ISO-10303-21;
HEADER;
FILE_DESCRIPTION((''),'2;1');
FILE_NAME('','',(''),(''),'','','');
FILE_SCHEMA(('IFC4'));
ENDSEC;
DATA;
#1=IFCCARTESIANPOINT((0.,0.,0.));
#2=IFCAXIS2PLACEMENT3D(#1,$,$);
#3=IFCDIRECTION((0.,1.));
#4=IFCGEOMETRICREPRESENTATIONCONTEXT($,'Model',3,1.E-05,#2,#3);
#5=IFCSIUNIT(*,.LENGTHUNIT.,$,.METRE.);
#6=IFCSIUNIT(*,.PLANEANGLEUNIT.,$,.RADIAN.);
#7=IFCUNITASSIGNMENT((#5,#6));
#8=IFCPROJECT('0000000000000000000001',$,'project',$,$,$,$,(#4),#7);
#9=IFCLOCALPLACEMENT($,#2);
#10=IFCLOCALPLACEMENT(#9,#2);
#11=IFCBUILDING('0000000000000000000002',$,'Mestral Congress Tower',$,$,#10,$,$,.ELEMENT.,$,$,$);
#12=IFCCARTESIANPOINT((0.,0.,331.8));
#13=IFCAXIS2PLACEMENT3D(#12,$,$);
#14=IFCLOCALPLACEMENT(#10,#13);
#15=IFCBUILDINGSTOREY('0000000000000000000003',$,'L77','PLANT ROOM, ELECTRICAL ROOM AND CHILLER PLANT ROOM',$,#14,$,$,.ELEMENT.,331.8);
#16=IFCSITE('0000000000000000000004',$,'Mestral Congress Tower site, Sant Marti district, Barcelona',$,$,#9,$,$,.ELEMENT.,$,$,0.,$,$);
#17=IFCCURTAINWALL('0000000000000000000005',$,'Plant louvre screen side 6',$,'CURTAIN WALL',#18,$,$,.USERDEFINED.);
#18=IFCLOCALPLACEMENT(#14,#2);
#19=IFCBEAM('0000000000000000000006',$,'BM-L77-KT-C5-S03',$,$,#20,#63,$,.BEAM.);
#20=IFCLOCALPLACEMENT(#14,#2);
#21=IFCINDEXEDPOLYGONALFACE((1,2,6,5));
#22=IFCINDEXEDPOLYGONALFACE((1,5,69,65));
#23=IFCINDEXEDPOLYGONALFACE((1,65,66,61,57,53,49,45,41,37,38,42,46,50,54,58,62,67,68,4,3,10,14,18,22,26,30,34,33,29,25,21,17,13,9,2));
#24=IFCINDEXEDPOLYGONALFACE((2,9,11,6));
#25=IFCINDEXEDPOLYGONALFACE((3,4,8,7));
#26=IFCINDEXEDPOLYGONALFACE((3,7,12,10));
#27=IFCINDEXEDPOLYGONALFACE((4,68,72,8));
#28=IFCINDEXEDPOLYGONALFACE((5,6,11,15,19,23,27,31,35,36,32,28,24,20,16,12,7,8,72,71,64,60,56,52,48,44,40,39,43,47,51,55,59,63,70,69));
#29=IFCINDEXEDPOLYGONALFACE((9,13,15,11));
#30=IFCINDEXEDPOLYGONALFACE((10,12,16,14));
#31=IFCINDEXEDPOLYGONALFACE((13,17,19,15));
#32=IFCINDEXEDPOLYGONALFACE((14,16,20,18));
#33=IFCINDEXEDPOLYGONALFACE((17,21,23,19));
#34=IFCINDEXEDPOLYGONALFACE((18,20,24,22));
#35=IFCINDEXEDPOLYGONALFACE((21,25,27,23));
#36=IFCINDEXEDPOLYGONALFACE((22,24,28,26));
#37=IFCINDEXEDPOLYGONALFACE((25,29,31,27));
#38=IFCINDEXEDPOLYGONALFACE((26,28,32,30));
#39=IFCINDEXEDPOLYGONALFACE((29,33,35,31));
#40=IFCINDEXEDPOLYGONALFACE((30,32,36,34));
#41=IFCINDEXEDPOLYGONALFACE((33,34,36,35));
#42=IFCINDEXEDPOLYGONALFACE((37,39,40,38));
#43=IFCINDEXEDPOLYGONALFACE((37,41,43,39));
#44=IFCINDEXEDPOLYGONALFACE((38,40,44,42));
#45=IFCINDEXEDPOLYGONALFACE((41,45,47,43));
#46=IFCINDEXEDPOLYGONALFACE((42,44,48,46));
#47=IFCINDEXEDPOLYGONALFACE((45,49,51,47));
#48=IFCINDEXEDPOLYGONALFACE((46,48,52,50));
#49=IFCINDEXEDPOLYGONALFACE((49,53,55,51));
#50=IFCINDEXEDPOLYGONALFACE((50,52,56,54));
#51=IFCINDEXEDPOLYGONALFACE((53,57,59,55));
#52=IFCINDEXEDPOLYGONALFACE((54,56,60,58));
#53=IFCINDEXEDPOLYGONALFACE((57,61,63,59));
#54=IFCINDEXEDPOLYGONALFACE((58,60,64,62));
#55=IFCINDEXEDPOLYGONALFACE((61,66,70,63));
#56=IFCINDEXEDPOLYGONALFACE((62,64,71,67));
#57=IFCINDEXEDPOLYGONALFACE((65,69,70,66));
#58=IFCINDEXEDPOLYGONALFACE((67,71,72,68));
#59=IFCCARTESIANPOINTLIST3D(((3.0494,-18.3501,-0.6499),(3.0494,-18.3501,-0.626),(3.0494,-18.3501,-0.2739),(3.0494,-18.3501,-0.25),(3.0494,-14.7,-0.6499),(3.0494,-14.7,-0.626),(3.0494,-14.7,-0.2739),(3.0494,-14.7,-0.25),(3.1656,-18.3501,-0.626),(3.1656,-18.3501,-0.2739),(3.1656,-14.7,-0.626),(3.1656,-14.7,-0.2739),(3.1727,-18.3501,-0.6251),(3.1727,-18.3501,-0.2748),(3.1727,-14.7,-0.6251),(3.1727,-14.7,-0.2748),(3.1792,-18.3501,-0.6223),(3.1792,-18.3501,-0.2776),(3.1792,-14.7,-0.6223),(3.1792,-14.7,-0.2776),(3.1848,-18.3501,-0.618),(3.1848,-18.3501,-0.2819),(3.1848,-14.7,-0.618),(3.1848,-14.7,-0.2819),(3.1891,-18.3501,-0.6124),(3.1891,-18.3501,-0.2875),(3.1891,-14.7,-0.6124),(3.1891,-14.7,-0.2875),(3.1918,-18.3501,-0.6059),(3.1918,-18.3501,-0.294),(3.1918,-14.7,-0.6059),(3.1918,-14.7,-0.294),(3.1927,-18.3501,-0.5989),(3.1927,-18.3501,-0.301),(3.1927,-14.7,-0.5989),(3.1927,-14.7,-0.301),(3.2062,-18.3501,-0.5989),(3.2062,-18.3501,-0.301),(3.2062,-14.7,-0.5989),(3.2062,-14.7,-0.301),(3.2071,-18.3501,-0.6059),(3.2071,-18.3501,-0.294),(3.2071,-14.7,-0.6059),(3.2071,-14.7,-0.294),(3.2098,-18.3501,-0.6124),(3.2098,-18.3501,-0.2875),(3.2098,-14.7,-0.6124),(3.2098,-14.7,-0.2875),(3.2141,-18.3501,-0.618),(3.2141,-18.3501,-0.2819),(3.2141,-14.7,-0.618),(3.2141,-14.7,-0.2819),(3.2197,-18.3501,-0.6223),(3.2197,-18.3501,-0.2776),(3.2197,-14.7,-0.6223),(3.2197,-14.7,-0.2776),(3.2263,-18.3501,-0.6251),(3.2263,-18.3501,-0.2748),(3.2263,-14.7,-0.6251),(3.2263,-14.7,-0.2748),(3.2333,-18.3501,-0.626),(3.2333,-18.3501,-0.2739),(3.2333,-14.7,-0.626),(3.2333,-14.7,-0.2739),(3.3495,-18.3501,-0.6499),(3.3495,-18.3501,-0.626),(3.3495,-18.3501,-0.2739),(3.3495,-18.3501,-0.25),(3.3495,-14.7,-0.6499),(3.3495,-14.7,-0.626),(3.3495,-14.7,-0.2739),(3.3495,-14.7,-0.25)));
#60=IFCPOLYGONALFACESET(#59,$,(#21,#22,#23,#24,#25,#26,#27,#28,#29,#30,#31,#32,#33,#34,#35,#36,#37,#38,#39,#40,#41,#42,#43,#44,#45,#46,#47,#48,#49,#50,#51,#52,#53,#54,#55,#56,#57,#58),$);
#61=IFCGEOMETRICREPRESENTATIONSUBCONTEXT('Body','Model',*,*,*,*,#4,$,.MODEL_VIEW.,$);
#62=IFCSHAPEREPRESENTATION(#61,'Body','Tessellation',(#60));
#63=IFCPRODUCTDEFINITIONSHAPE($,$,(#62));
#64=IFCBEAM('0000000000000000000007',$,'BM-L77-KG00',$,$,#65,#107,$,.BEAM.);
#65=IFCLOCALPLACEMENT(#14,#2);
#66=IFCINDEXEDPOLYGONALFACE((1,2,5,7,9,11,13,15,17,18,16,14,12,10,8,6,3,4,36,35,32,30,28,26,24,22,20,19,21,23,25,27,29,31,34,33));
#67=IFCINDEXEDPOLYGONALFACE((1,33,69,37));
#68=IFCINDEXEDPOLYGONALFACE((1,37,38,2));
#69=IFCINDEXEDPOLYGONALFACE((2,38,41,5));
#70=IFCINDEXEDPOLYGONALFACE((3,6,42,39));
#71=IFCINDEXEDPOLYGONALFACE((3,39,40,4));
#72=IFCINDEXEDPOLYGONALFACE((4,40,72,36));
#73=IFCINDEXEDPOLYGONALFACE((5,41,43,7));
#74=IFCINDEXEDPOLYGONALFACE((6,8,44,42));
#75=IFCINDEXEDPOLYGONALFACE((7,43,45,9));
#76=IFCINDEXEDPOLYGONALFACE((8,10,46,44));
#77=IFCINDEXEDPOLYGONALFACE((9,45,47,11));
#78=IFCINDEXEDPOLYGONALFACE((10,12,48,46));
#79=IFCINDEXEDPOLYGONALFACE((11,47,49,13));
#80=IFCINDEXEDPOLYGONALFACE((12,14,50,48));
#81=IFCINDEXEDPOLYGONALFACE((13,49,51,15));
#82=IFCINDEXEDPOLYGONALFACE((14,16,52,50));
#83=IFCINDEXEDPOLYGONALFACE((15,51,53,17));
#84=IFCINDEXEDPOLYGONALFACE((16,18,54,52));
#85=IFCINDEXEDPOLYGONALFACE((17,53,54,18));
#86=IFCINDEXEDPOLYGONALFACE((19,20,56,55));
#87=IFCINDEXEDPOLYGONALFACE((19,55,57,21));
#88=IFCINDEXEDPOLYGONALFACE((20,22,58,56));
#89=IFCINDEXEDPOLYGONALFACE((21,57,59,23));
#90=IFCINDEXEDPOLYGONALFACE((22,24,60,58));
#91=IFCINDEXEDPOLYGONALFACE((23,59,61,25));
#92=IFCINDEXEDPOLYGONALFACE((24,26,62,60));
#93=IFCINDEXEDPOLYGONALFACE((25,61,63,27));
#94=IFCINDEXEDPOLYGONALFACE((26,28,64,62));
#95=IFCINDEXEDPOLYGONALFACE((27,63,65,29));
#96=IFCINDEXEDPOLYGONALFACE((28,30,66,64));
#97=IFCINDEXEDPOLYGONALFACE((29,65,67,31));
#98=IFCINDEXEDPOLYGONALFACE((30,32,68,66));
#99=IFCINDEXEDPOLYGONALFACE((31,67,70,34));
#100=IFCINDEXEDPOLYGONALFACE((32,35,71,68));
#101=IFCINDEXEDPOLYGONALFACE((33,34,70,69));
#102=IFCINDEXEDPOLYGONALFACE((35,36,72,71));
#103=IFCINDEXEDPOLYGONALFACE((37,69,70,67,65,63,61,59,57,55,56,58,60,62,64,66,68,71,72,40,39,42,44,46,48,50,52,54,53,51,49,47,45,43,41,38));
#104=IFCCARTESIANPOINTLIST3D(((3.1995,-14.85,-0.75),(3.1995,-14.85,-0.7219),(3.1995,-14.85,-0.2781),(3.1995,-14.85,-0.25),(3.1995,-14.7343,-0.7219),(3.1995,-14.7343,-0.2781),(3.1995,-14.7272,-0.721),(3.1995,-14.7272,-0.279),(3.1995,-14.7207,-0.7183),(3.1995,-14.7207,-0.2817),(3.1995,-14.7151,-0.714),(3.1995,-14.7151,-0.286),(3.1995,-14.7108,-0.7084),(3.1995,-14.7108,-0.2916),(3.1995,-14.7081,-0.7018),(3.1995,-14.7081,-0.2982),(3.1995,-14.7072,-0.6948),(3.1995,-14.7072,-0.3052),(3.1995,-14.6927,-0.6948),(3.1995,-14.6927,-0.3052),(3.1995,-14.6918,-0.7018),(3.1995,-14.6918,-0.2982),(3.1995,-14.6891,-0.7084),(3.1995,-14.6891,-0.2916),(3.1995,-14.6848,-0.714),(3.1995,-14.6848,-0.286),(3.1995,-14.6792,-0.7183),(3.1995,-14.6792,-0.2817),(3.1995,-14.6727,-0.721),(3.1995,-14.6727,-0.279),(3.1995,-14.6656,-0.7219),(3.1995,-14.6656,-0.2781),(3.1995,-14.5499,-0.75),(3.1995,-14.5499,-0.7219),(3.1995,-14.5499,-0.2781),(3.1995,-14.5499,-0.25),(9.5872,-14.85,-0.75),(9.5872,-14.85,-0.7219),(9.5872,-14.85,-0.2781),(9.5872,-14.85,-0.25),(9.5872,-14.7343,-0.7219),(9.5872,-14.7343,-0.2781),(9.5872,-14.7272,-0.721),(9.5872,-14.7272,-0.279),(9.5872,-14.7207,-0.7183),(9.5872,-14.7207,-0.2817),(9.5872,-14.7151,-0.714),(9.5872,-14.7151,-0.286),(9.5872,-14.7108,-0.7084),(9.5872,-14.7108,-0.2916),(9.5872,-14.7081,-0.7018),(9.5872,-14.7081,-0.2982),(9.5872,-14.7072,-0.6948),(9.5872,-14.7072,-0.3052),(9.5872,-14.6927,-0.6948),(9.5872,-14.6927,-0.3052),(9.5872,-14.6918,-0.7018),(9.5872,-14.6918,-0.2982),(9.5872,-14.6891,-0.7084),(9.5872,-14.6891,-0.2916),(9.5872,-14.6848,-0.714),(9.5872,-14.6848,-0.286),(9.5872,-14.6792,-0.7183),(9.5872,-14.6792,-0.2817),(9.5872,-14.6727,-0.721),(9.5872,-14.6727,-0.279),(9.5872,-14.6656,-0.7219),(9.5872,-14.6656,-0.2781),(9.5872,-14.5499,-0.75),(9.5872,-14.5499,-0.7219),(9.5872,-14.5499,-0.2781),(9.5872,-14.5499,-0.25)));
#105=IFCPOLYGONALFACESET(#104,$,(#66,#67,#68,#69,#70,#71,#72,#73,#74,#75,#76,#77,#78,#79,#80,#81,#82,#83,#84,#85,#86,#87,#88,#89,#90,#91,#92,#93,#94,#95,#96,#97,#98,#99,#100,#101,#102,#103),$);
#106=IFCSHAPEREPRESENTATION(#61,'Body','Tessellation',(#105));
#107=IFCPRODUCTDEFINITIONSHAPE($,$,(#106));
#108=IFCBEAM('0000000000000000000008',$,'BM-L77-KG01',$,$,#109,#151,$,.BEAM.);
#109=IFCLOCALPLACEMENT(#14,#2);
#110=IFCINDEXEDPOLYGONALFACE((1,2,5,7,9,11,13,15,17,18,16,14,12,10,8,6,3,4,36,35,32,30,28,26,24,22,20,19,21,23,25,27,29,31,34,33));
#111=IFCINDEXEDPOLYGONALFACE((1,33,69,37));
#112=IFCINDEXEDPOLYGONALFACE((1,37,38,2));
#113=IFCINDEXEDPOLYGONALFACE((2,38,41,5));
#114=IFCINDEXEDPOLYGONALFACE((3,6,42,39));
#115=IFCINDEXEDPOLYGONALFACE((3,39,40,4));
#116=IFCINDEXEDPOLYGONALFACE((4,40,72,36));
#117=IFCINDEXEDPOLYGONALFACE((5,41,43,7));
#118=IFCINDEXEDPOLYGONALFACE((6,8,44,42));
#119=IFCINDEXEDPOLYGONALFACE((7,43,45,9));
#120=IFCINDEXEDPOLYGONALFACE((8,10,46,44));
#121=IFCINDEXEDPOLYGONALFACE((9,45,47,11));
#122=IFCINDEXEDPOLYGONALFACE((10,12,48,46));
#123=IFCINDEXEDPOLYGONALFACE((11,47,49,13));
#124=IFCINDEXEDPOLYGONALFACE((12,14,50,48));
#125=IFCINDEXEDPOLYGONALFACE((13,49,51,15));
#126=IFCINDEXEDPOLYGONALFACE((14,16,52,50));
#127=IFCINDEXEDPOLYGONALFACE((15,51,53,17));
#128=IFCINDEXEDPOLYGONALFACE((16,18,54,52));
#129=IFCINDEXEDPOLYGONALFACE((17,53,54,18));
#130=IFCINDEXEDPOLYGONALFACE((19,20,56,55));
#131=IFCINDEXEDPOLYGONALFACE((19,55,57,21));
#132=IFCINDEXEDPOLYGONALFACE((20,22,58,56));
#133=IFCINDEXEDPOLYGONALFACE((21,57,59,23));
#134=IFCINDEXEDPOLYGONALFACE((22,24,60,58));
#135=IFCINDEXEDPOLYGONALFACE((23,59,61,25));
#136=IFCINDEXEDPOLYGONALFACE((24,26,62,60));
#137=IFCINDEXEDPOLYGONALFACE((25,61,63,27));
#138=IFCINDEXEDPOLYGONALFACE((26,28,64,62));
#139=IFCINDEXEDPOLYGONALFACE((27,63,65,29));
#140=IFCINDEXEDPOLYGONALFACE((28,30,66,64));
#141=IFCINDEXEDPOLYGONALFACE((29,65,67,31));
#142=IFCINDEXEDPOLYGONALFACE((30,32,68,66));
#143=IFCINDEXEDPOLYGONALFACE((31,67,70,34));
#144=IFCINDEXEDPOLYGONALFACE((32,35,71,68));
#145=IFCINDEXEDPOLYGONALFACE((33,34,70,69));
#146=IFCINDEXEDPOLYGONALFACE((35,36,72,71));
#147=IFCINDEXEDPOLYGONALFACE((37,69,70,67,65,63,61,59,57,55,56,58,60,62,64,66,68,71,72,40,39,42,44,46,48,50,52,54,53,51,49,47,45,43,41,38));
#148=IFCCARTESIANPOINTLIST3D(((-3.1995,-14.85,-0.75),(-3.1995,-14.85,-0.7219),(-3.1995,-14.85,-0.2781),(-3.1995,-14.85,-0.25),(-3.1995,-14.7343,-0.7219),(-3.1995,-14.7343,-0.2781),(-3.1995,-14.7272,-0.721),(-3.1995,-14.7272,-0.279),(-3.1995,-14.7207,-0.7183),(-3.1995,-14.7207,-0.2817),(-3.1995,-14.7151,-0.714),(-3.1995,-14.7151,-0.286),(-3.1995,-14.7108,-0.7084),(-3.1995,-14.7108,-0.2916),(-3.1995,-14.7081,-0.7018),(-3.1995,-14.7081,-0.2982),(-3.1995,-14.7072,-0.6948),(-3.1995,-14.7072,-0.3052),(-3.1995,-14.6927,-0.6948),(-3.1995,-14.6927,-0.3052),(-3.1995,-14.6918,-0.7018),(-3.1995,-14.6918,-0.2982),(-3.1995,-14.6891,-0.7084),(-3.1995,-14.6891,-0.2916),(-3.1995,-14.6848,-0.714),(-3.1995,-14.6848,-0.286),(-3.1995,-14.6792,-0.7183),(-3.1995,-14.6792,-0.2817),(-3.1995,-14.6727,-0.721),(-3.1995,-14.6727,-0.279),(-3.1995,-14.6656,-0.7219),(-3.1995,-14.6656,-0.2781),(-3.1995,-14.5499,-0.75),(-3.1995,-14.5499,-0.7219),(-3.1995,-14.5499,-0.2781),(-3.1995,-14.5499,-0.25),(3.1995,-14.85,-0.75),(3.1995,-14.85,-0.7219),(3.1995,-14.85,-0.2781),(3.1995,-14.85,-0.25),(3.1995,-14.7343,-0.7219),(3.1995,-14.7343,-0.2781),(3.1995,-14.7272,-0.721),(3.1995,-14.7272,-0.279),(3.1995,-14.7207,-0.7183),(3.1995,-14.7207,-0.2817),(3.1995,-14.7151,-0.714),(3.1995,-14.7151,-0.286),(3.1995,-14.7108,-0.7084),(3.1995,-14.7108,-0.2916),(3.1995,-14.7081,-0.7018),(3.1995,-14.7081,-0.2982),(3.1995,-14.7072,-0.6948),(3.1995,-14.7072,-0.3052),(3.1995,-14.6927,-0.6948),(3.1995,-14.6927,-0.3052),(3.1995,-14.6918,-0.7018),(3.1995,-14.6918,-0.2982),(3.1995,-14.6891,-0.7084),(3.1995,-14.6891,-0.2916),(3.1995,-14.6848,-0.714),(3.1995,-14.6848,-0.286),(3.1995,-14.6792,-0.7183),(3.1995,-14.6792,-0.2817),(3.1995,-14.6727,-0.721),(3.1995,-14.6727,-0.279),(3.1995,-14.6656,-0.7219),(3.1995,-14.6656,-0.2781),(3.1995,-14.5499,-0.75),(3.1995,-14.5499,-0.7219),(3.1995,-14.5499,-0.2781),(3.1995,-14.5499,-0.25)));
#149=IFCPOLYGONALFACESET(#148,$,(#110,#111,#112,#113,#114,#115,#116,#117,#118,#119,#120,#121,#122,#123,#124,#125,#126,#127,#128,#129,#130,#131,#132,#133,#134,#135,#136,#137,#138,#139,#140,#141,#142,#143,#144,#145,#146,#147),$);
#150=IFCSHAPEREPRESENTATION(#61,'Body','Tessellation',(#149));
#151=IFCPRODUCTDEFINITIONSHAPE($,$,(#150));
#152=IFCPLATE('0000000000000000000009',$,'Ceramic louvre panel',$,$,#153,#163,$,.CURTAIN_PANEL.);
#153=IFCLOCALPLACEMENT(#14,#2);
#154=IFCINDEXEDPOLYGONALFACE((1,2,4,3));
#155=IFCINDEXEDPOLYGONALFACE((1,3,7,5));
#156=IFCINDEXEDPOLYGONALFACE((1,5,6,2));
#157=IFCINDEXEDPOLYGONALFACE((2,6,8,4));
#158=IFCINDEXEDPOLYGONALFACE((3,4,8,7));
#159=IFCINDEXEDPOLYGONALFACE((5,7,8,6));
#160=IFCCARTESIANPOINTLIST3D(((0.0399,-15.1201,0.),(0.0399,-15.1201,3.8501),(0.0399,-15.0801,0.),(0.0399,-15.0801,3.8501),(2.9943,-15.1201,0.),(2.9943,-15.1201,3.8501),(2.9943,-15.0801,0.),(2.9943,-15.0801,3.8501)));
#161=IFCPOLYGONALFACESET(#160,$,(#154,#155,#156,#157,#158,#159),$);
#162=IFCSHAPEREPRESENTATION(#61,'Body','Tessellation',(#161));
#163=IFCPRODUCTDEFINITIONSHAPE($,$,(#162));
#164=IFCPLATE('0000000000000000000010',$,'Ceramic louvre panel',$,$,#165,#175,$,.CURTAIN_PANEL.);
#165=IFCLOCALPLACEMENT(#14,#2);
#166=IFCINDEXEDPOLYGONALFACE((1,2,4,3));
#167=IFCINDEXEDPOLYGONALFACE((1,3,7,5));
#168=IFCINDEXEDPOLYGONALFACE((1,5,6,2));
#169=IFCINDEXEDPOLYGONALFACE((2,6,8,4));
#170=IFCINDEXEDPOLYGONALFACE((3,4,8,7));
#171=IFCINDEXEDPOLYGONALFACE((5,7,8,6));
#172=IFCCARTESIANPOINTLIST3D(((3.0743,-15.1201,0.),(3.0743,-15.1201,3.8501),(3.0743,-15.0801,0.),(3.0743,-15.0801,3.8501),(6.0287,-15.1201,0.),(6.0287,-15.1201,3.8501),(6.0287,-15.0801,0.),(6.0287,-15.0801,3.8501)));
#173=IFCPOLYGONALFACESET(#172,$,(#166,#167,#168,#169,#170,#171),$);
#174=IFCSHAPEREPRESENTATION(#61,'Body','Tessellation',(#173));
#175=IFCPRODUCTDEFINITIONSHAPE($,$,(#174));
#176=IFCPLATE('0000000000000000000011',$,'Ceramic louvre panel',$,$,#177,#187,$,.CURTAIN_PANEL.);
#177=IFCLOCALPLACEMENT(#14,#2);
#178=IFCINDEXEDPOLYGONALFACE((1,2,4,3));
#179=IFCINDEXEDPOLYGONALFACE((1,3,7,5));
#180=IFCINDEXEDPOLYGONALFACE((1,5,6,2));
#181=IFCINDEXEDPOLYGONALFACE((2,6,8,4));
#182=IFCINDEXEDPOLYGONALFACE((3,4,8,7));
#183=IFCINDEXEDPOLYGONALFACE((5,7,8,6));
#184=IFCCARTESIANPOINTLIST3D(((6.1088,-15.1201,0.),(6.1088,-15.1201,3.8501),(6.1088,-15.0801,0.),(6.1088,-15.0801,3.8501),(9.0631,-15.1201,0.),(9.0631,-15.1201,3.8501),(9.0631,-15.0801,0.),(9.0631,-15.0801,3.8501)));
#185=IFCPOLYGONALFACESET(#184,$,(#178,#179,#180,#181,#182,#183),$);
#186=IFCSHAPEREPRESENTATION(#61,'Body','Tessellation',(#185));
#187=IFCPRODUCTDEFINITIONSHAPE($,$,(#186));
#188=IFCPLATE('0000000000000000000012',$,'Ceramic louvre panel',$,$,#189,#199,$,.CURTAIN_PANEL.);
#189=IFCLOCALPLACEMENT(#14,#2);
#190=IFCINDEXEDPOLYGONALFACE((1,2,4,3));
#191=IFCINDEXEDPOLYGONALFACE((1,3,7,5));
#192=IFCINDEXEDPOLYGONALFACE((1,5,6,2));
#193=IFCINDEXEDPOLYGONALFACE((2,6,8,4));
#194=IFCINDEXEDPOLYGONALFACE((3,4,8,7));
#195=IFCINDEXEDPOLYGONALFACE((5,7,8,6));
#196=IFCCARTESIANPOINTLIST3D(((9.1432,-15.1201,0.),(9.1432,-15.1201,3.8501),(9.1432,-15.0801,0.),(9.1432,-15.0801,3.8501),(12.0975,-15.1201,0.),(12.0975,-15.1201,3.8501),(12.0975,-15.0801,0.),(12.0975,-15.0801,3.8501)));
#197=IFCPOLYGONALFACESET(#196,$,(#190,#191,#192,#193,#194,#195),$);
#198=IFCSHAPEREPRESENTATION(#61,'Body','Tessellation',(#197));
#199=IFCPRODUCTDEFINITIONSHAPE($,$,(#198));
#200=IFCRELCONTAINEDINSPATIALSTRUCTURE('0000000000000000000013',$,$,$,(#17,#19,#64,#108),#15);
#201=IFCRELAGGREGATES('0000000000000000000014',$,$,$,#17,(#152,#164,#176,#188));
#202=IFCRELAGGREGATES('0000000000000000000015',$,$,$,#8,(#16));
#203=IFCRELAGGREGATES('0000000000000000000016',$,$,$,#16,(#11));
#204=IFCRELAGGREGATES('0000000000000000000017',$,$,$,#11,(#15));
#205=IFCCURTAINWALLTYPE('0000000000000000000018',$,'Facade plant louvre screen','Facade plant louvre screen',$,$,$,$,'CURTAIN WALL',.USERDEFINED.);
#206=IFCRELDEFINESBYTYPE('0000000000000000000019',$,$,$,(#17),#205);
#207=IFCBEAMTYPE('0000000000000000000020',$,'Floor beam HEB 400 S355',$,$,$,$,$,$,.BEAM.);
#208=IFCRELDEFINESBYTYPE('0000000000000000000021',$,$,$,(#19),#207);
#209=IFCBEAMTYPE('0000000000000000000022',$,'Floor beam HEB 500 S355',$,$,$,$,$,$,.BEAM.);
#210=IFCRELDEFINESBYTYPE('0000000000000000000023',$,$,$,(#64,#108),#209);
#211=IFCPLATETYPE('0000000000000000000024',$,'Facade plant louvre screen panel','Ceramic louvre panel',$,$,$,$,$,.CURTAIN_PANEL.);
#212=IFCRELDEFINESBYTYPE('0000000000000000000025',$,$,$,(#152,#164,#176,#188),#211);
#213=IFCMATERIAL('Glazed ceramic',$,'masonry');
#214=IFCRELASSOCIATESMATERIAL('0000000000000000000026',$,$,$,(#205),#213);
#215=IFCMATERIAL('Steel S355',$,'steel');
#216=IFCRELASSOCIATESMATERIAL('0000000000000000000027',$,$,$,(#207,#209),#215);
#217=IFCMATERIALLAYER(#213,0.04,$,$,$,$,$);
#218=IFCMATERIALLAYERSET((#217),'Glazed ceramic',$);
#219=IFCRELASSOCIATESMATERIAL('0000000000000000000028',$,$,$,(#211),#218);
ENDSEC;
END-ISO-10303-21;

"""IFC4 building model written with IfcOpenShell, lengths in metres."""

from ifc_helpers import new_model, si_unit, direction, frame, origin, origin_2d, place, context, subcontext, project, spatial, rectangle, i_section, extrude, material, layer, layer_set, material_profile, profile_set, type_object, element, aggregate, save


model = new_model("IFC4")

# Units and contexts
model_context = context("Model", 3, precision=1e-05, world=origin(), true_north=direction((0.0, 1.0)))
body_context = subcontext(model_context, "Body", "Model", "MODEL_VIEW")
ifc_project = project(units=[si_unit("LENGTHUNIT", "METRE"), si_unit("PLANEANGLEUNIT", "RADIAN")], contexts=[model_context])

# Site, building, storey
site_placement = place(None, origin())
site = spatial("IfcSite", under=ifc_project, at=site_placement, Name="Mestral Congress Tower site, Sant Marti district, Barcelona", CompositionType="ELEMENT", RefElevation=0.0)
building_placement = place(site_placement, origin())
building = spatial("IfcBuilding", under=site, at=building_placement, Name="Mestral Congress Tower", CompositionType="ELEMENT")
storey_placement = place(building_placement, frame((0.0, 0.0, 331.8)))
storey = spatial("IfcBuildingStorey", under=building, at=storey_placement, Name="L77", Description="PLANT ROOM, ELECTRICAL ROOM AND CHILLER PLANT ROOM", CompositionType="ELEMENT", Elevation=331.8)

# Shared definitions
ifc_material_1 = material(Name="Steel S355", Category="steel")

# Shared definitions
ifc_material_2 = material(Name="Glazed ceramic", Category="masonry")
curtain_wall_type = type_object("IfcCurtainWallType", Name="Facade plant louvre screen", Description="Facade plant louvre screen", ElementType="CURTAIN WALL", PredefinedType="USERDEFINED", material=ifc_material_2)
placement = place(storey_placement, origin())

# Curtain wall
curtain_wall_1 = element("IfcCurtainWall", 1, at=placement, inside=storey, type_object=curtain_wall_type, Name="Plant louvre screen side 6", ObjectType="CURTAIN WALL", PredefinedType="USERDEFINED")

# Beams
ifc_material_profile_1 = material_profile(ifc_material_1, i_section(OverallWidth=0.3, OverallDepth=0.3999, WebThickness=0.0134, FlangeThickness=0.0239, FilletRadius=0.0271, at=origin_2d()), Name="HEB 400")
ifc_profile_set_1 = profile_set([ifc_material_profile_1], Name="Steel S355")
beam_type_1 = type_object("IfcBeamType", Name="Floor beam HEB 400 S355", PredefinedType="BEAM", material=ifc_profile_set_1)
beam_1_placement = place(storey_placement, frame((3.1995, -18.3501, -0.45), z_axis=(0.0, 1.0, 0.0), x_axis=(-1.0, 0.0, 0.0)))
element("IfcBeam", 2, at=beam_1_placement, inside=storey, type_object=beam_type_1, Name="BM-L77-KT-C5-S03", PredefinedType="BEAM", context=body_context, shape_type="SweptSolid", body=[
    extrude(i_section(OverallWidth=0.3, OverallDepth=0.3999, WebThickness=0.0134, FlangeThickness=0.0239, FilletRadius=0.0271, at=origin_2d()), origin(), (0.0, 0.0, 1.0), 3.6501),
])
ifc_material_profile_2 = material_profile(ifc_material_1, i_section(OverallWidth=0.3, OverallDepth=0.5, WebThickness=0.0144, FlangeThickness=0.0281, FilletRadius=0.0271, at=origin_2d()), Name="HEB 500")
ifc_profile_set_2 = profile_set([ifc_material_profile_2], Name="Steel S355")
beam_type_2 = type_object("IfcBeamType", Name="Floor beam HEB 500 S355", PredefinedType="BEAM", material=ifc_profile_set_2)
beam_2_placement = place(storey_placement, frame((9.5872, -14.7, -0.5), z_axis=(-1.0, 0.0, 0.0), x_axis=(0.0, -1.0, 0.0)))
element("IfcBeam", 3, at=beam_2_placement, inside=storey, type_object=beam_type_2, Name="BM-L77-KG00", PredefinedType="BEAM", context=body_context, shape_type="SweptSolid", body=[
    extrude(i_section(OverallWidth=0.3, OverallDepth=0.5, WebThickness=0.0144, FlangeThickness=0.0281, FilletRadius=0.0271, at=origin_2d()), origin(), (0.0, 0.0, 1.0), 6.3877),
])
beam_3_placement = place(storey_placement, frame((3.1995, -14.7, -0.5), z_axis=(-1.0, 0.0, 0.0), x_axis=(0.0, -1.0, 0.0)))
element("IfcBeam", 4, at=beam_3_placement, inside=storey, type_object=beam_type_2, Name="BM-L77-KG01", PredefinedType="BEAM", context=body_context, shape_type="SweptSolid", body=[
    extrude(i_section(OverallWidth=0.3, OverallDepth=0.5, WebThickness=0.0144, FlangeThickness=0.0281, FilletRadius=0.0271, at=origin_2d()), origin(), (0.0, 0.0, 1.0), 6.3989),
])

# Plates
ifc_layer_1 = layer(ifc_material_2, 0.04)
ifc_layer_set_1 = layer_set([ifc_layer_1], Name="Glazed ceramic")
plate_type = type_object("IfcPlateType", Name="Facade plant louvre screen panel", Description="Ceramic louvre panel", PredefinedType="CURTAIN_PANEL", material=ifc_layer_set_1)
plate_1_placement = place(storey_placement, frame((1.5171, -15.1001, 0.0), z_axis=(0.0, 0.0, 1.0), x_axis=(1.0, 0.0, 0.0)))
plate_1 = element("IfcPlate", 5, at=plate_1_placement, type_object=plate_type, Name="Ceramic louvre panel", PredefinedType="CURTAIN_PANEL", context=body_context, shape_type="SweptSolid", body=[
    extrude(rectangle(XDim=2.9543, YDim=0.04, at=origin_2d()), origin(), (0.0, 0.0, 1.0), 3.8501),
])
plate_2_placement = place(storey_placement, frame((4.5515, -15.1001, 0.0), z_axis=(0.0, 0.0, 1.0), x_axis=(1.0, 0.0, 0.0)))
plate_2 = element("IfcPlate", 6, at=plate_2_placement, type_object=plate_type, Name="Ceramic louvre panel", PredefinedType="CURTAIN_PANEL", context=body_context, shape_type="SweptSolid", body=[
    extrude(rectangle(XDim=2.9543, YDim=0.04, at=origin_2d()), origin(), (0.0, 0.0, 1.0), 3.8501),
])
plate_3_placement = place(storey_placement, frame((7.5859, -15.1001, 0.0), z_axis=(0.0, 0.0, 1.0), x_axis=(1.0, 0.0, 0.0)))
plate_3 = element("IfcPlate", 7, at=plate_3_placement, type_object=plate_type, Name="Ceramic louvre panel", PredefinedType="CURTAIN_PANEL", context=body_context, shape_type="SweptSolid", body=[
    extrude(rectangle(XDim=2.9543, YDim=0.04, at=origin_2d()), origin(), (0.0, 0.0, 1.0), 3.8501),
])
plate_4_placement = place(storey_placement, frame((10.6204, -15.1001, 0.0), z_axis=(0.0, 0.0, 1.0), x_axis=(1.0, 0.0, 0.0)))
plate_4 = element("IfcPlate", 8, at=plate_4_placement, type_object=plate_type, Name="Ceramic louvre panel", PredefinedType="CURTAIN_PANEL", context=body_context, shape_type="SweptSolid", body=[
    extrude(rectangle(XDim=2.9543, YDim=0.04, at=origin_2d()), origin(), (0.0, 0.0, 1.0), 3.8501),
])
aggregate(curtain_wall_1, [plate_1, plate_2, plate_3, plate_4])

save(model, "model.ifc")
